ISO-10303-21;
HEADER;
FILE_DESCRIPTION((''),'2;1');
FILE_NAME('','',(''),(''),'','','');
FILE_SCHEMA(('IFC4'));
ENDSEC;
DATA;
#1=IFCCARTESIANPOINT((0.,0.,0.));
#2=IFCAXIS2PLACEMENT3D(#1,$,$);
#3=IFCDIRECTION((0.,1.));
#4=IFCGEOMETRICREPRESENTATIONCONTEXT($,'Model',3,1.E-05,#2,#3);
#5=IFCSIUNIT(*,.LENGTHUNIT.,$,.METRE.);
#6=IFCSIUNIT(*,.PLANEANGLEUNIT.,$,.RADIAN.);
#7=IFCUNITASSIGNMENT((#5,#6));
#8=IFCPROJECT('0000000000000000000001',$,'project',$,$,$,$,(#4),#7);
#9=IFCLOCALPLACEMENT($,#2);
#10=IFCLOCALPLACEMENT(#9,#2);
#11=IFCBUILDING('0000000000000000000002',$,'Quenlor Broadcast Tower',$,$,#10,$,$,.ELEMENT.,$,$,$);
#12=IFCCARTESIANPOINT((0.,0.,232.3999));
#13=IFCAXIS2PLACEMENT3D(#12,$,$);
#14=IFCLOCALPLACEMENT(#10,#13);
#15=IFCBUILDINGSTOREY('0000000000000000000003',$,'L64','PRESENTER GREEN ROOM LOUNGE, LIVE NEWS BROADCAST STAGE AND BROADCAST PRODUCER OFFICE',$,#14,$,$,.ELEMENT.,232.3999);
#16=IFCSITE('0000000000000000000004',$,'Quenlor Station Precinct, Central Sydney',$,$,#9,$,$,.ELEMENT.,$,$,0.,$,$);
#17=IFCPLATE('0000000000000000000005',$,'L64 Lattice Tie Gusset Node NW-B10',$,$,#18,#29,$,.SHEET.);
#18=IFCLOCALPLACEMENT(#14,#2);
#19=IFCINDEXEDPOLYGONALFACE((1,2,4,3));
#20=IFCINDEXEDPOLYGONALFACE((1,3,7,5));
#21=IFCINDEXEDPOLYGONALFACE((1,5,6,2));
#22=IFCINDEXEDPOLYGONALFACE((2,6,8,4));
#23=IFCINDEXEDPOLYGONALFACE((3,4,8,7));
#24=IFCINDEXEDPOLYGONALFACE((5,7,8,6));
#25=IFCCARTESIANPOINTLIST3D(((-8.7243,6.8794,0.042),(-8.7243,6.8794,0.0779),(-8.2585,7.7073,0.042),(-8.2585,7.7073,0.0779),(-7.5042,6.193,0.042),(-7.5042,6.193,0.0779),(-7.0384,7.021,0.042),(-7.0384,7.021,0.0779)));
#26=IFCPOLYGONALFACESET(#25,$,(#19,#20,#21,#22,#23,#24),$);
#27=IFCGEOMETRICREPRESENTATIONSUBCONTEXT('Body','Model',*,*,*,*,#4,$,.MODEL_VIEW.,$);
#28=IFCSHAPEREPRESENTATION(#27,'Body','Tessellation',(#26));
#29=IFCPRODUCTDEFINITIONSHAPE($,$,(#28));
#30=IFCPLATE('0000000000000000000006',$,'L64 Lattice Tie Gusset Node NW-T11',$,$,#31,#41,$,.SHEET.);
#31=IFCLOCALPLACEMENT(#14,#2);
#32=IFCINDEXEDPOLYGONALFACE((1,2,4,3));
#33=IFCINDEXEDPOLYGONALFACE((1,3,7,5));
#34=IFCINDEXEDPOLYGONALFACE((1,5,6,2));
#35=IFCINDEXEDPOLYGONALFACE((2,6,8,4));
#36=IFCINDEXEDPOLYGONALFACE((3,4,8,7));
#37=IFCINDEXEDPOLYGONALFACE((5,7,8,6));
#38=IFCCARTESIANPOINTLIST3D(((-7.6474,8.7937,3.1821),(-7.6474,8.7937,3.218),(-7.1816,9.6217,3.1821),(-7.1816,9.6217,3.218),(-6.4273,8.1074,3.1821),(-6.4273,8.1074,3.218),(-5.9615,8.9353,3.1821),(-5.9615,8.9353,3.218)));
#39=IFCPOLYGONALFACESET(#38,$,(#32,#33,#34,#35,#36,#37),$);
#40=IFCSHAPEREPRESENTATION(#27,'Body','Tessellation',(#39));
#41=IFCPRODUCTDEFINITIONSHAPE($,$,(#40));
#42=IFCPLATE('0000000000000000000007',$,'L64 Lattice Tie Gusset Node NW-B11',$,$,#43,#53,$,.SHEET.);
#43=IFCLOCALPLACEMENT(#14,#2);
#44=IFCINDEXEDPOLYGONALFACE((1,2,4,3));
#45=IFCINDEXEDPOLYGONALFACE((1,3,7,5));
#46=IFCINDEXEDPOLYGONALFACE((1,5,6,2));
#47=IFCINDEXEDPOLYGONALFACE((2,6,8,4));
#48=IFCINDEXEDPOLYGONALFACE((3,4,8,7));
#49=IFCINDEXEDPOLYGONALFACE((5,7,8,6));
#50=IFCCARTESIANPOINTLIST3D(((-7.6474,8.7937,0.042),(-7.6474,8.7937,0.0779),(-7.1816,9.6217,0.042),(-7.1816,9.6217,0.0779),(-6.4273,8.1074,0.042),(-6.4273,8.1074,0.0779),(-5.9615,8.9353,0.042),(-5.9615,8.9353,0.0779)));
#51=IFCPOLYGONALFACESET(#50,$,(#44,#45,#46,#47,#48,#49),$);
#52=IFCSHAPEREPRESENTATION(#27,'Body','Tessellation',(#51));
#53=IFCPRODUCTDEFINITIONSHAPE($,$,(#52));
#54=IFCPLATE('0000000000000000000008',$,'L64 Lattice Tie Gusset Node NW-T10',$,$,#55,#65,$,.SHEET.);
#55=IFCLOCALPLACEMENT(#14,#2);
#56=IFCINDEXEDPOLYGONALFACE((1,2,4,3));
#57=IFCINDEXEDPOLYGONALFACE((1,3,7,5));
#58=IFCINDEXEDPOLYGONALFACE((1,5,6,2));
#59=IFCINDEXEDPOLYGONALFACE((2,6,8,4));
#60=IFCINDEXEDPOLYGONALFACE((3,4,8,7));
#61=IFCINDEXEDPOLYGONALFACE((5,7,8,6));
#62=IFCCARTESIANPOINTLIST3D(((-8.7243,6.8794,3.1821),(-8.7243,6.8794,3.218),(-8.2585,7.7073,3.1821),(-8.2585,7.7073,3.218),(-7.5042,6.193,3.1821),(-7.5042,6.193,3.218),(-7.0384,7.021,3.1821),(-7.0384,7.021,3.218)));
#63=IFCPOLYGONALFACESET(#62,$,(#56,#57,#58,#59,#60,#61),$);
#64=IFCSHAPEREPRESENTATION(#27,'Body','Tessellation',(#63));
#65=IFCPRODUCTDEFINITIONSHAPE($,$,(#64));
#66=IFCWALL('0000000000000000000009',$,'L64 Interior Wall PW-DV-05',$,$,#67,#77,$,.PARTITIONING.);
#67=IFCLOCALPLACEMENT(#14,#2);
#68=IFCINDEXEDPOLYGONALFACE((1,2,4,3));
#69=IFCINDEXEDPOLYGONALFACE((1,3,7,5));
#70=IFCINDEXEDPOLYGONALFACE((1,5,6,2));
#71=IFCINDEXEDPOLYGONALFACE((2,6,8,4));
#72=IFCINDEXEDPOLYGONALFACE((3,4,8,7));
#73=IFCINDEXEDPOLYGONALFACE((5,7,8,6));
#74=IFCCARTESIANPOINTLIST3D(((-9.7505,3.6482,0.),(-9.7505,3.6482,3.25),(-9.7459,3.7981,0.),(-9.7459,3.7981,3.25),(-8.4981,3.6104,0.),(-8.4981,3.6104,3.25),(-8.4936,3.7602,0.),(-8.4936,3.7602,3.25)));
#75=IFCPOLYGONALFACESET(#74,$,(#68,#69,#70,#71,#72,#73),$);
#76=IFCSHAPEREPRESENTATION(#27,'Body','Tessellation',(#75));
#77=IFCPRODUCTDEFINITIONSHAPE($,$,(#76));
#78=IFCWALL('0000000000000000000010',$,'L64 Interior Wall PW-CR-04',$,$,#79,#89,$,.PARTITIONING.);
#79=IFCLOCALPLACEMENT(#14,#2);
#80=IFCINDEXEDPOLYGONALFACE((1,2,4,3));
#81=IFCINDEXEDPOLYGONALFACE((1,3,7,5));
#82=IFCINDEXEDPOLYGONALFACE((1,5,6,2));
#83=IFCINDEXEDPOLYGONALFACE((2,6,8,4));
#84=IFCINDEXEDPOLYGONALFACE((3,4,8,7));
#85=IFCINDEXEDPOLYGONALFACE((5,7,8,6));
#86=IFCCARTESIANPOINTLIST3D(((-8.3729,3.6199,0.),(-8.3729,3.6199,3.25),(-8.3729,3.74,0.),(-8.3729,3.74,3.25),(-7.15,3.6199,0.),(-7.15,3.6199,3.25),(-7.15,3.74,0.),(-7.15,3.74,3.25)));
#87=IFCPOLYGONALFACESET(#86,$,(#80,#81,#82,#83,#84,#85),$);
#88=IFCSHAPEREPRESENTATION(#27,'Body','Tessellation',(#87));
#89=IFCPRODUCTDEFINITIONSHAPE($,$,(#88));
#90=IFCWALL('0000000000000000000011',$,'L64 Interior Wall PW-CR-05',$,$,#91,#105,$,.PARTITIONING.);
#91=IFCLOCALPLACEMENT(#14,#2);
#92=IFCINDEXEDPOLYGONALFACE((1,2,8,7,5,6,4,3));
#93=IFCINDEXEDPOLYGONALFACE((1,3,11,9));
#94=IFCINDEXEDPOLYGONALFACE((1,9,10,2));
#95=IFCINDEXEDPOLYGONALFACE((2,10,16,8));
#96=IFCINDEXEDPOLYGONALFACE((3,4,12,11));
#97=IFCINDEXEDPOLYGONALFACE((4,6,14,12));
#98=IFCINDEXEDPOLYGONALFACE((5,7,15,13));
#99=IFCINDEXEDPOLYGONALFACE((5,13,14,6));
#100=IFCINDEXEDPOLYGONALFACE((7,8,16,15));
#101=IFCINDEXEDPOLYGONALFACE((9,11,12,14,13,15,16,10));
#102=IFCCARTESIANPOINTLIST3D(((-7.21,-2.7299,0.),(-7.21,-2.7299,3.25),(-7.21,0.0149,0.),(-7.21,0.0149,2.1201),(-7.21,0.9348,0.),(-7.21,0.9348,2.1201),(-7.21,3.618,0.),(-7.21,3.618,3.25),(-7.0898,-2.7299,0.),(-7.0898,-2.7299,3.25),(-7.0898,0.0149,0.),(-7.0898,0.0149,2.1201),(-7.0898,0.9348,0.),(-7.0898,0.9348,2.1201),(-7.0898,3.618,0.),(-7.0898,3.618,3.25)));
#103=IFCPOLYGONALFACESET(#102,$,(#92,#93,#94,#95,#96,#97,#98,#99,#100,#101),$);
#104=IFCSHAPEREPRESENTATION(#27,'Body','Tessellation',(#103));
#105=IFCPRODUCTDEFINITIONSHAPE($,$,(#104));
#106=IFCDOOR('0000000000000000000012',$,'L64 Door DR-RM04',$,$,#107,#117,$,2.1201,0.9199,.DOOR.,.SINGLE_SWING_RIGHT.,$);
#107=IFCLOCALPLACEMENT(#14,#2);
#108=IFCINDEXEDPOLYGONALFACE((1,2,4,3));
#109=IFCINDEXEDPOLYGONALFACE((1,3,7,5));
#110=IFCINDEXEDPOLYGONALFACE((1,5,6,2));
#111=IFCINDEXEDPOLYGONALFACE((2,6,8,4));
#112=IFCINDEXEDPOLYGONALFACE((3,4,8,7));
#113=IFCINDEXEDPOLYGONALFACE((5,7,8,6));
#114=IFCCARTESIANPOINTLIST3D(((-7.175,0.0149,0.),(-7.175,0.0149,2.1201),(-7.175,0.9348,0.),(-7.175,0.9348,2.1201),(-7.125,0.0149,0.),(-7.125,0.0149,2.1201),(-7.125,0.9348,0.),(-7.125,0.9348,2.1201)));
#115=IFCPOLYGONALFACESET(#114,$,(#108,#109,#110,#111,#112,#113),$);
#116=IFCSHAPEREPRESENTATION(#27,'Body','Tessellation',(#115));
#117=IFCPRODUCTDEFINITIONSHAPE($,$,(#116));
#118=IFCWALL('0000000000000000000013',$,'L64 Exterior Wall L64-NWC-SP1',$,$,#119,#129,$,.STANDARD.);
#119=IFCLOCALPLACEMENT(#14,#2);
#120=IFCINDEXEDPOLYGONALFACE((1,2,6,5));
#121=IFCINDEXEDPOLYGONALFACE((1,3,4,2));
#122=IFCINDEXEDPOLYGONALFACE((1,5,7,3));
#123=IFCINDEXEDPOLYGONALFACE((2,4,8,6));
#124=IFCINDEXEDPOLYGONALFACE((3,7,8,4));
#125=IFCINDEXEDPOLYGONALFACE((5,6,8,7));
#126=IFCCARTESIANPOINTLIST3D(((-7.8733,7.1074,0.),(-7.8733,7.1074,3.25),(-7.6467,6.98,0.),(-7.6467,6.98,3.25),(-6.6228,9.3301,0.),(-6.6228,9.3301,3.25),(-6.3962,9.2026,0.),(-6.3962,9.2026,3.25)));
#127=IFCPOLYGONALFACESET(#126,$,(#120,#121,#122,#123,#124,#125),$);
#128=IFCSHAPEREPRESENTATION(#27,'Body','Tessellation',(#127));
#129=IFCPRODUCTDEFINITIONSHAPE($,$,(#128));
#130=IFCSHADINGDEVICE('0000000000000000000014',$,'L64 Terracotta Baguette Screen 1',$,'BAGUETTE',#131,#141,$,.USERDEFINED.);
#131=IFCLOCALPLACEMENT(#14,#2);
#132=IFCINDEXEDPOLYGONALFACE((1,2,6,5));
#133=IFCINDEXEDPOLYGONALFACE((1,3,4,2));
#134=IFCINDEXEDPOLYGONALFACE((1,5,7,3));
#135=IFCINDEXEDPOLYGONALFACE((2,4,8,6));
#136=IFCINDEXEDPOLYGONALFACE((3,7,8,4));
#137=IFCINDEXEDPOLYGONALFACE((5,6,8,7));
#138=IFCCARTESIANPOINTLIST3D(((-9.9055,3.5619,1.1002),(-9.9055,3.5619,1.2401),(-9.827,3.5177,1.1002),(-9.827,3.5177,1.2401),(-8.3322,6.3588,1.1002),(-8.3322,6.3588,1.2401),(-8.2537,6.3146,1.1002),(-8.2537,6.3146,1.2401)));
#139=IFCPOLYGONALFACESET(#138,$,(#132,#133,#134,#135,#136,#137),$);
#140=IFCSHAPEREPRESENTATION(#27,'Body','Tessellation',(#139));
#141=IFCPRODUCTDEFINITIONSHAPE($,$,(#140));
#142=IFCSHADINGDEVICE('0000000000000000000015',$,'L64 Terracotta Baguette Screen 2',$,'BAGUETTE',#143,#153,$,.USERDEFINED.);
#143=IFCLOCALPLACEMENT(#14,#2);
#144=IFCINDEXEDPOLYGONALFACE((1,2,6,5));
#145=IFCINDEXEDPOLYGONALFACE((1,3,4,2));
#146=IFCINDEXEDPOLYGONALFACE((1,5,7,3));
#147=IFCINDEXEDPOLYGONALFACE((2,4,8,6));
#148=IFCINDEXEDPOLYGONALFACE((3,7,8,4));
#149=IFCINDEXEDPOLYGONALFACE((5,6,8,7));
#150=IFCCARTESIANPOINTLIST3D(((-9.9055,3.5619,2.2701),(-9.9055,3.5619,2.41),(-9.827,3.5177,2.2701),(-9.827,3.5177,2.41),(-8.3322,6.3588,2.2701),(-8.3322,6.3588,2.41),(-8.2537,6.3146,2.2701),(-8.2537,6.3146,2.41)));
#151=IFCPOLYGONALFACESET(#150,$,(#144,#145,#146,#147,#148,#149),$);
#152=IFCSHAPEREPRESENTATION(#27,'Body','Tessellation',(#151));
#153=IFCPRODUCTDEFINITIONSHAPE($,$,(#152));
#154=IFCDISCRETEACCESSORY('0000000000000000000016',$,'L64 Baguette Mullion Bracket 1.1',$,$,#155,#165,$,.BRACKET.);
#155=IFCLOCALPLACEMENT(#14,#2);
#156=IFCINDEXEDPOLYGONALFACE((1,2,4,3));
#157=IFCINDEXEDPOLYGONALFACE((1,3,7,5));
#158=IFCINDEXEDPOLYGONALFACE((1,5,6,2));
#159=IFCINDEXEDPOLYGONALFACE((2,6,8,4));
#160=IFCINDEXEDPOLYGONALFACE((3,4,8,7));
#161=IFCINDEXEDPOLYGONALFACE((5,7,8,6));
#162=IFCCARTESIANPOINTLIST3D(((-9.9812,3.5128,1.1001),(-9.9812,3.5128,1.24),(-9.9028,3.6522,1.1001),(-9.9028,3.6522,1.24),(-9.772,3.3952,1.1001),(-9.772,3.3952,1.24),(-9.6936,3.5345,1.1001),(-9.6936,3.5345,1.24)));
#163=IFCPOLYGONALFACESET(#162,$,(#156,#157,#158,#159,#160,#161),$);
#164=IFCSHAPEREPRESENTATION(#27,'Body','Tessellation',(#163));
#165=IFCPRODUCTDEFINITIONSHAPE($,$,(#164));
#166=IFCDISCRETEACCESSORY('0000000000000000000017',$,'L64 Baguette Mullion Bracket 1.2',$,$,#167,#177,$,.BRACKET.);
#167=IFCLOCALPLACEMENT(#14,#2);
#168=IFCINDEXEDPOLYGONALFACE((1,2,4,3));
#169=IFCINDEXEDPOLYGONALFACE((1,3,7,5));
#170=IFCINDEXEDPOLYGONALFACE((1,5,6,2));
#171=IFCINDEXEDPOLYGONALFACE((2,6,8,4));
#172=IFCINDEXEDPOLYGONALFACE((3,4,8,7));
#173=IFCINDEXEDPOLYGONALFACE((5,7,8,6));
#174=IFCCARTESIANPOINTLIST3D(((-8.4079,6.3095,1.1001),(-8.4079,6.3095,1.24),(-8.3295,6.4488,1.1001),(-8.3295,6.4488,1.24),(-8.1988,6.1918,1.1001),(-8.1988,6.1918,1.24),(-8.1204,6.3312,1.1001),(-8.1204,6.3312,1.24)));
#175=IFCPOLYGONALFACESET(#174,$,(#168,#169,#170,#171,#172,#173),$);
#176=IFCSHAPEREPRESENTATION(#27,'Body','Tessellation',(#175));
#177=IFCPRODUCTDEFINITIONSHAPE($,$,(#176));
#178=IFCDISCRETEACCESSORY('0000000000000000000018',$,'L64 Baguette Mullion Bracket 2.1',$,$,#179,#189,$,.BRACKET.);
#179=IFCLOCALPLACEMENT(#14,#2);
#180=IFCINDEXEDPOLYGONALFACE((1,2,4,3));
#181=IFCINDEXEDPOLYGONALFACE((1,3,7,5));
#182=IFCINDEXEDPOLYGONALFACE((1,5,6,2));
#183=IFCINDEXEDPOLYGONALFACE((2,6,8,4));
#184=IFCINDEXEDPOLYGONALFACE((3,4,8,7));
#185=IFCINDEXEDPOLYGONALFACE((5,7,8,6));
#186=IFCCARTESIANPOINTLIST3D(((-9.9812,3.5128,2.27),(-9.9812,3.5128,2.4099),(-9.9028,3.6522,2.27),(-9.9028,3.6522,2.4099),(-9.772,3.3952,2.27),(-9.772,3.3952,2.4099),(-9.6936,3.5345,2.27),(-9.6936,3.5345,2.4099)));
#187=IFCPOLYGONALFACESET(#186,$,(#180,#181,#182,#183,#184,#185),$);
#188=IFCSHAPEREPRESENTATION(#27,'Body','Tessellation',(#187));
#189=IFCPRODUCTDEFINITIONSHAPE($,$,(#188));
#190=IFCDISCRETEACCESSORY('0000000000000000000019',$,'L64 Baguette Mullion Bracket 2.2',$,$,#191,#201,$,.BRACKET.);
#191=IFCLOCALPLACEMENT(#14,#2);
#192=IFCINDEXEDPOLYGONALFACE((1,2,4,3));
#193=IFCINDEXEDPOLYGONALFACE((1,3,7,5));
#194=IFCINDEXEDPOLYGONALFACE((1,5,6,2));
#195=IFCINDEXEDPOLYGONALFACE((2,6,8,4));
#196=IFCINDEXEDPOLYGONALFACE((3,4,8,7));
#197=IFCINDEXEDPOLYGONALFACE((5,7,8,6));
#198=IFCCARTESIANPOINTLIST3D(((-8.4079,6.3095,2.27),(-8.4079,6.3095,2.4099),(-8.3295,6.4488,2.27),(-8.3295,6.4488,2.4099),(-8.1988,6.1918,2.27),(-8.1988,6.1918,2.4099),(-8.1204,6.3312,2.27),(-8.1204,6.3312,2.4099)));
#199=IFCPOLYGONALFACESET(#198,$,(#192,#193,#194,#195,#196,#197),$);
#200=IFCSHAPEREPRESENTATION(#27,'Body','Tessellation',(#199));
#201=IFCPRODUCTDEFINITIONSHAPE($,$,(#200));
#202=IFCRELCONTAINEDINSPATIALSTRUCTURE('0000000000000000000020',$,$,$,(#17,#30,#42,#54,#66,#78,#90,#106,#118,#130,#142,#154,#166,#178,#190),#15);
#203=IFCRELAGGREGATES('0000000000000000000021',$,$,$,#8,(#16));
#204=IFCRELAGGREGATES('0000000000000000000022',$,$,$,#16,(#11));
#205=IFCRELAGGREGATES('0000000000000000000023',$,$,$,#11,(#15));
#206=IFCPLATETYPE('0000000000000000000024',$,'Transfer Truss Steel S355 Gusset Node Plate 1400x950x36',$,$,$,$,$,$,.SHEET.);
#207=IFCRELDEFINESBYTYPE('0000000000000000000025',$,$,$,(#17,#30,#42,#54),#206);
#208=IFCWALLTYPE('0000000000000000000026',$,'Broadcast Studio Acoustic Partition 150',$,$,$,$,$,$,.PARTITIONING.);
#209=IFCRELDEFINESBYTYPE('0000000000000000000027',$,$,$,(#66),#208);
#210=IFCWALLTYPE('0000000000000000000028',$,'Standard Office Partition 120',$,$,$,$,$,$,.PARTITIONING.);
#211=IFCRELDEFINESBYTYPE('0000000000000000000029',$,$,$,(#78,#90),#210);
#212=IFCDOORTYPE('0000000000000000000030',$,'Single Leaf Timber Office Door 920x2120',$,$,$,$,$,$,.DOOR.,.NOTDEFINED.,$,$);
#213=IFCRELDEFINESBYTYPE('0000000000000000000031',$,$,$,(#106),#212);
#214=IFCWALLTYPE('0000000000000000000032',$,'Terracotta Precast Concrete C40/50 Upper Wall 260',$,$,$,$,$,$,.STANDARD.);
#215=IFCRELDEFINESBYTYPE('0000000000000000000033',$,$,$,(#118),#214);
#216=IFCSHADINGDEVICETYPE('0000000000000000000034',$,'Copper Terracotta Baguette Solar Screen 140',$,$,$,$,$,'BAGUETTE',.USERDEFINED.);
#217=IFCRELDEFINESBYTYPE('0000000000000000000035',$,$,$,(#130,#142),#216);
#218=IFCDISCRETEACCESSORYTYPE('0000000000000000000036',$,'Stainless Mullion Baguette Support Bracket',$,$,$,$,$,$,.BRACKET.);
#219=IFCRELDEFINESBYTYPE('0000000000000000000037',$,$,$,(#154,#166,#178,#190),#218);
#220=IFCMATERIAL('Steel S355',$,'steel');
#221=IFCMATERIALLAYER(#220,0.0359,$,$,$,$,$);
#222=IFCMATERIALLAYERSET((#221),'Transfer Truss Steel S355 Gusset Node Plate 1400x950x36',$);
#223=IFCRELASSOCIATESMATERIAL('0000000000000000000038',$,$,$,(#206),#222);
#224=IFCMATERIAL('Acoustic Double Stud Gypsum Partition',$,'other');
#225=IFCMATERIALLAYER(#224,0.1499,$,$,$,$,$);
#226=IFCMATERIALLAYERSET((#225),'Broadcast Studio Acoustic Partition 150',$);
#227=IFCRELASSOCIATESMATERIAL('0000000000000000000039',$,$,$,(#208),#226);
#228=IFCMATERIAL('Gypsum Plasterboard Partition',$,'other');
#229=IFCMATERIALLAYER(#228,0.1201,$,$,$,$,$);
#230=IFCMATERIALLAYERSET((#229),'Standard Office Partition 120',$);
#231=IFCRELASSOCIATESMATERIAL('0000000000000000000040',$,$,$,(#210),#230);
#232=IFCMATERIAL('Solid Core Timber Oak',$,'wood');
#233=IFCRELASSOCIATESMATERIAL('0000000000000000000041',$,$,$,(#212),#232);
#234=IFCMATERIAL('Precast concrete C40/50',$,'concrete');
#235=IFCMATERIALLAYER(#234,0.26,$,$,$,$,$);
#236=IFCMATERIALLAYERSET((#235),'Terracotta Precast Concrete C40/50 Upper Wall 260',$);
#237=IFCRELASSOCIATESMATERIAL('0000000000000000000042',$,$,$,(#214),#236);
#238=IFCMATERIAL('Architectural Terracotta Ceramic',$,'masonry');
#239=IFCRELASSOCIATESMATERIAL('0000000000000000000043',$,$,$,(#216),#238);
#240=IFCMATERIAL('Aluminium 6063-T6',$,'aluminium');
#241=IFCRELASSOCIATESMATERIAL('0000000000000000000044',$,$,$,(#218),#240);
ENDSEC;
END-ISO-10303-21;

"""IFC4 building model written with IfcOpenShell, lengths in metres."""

from ifc_helpers import new_model, si_unit, direction, frame, frame_2d, origin, origin_2d, place, context, subcontext, project, spatial, rectangle, extrude, material, layer, layer_set, material_profile, profile_set, type_object, element, fill, save


model = new_model("IFC4")

# Units and contexts
model_context = context("Model", 3, precision=1e-05, world=origin(), true_north=direction((0.0, 1.0)))
body_context = subcontext(model_context, "Body", "Model", "MODEL_VIEW")
ifc_project = project(units=[si_unit("LENGTHUNIT", "METRE"), si_unit("PLANEANGLEUNIT", "RADIAN")], contexts=[model_context])

# Site, building, storey
site_placement = place(None, origin())
site = spatial("IfcSite", under=ifc_project, at=site_placement, Name="Quenlor Station Precinct, Central Sydney", CompositionType="ELEMENT", RefElevation=0.0)
building_placement = place(site_placement, origin())
building = spatial("IfcBuilding", under=site, at=building_placement, Name="Quenlor Broadcast Tower", CompositionType="ELEMENT")
storey_placement = place(building_placement, frame((0.0, 0.0, 232.3999)))
storey = spatial("IfcBuildingStorey", under=building, at=storey_placement, Name="L64", Description="PRESENTER GREEN ROOM LOUNGE, LIVE NEWS BROADCAST STAGE AND BROADCAST PRODUCER OFFICE", CompositionType="ELEMENT", Elevation=232.3999)

# Plates
ifc_material_1 = material(Name="Steel S355", Category="steel")
ifc_layer_1 = layer(ifc_material_1, 0.0359)
ifc_layer_set_1 = layer_set([ifc_layer_1], Name="Transfer Truss Steel S355 Gusset Node Plate 1400x950x36")
plate_type_1 = type_object("IfcPlateType", Name="Transfer Truss Steel S355 Gusset Node Plate 1400x950x36", PredefinedType="SHEET", material=ifc_layer_set_1)
for number, where, z_axis, x_axis, name in (
    (1, (-7.8813, 6.9502, 0.042), (0.0, 0.0, 1.0), (-0.871556, 0.490295, 0.0), "L64 Lattice Tie Gusset Node NW-B10"),
    (2, (-6.8044, 8.8645, 3.1821), (0.0, 0.0, 1.0), (-0.871556, 0.490295, 0.0), "L64 Lattice Tie Gusset Node NW-T11"),
    (3, (-6.8044, 8.8645, 0.042), (0.0, 0.0, 1.0), (-0.871556, 0.490295, 0.0), "L64 Lattice Tie Gusset Node NW-B11"),
    (4, (-7.8813, 6.9502, 3.1821), (0.0, 0.0, 1.0), (-0.871556, 0.490295, 0.0), "L64 Lattice Tie Gusset Node NW-T10"),
):
    element("IfcPlate", number, at=place(storey_placement, frame(where, z_axis=z_axis, x_axis=x_axis)), inside=storey, type_object=plate_type_1, Name=name, PredefinedType="SHEET", context=body_context, shape_type="SweptSolid", body=[
        extrude(rectangle(XDim=1.3999, YDim=0.95, at=origin_2d()), origin(), (0.0, 0.0, 1.0), 0.0359),
    ])

# Walls
ifc_material_2 = material(Name="Acoustic Double Stud Gypsum Partition", Category="other")
ifc_layer_2 = layer(ifc_material_2, 0.1499)
ifc_layer_set_2 = layer_set([ifc_layer_2], Name="Broadcast Studio Acoustic Partition 150")
wall_type_1 = type_object("IfcWallType", Name="Broadcast Studio Acoustic Partition 150", PredefinedType="PARTITIONING", material=ifc_layer_set_2)
wall_1_placement = place(storey_placement, frame((-8.4958, 3.6853, 0.0), z_axis=(0.0, 0.0, 1.0), x_axis=(-0.999544, 0.030201, 0.0)))
element("IfcWall", 5, at=wall_1_placement, inside=storey, type_object=wall_type_1, Name="L64 Interior Wall PW-DV-05", PredefinedType="PARTITIONING", context=body_context, shape_type="SweptSolid", body=[
    extrude(rectangle(XDim=1.2529, YDim=0.1499, at=frame_2d((0.6265, 0.0))), origin(), (0.0, 0.0, 1.0), 3.25),
])
ifc_material_3 = material(Name="Gypsum Plasterboard Partition", Category="other")
ifc_layer_3 = layer(ifc_material_3, 0.1201)
ifc_layer_set_3 = layer_set([ifc_layer_3], Name="Standard Office Partition 120")
wall_type_2 = type_object("IfcWallType", Name="Standard Office Partition 120", PredefinedType="PARTITIONING", material=ifc_layer_set_3)
wall_2_placement = place(storey_placement, frame((-8.3728, 3.6799, 0.0), z_axis=(0.0, 0.0, 1.0), x_axis=(1.0, 0.0, 0.0)))
element("IfcWall", 6, at=wall_2_placement, inside=storey, type_object=wall_type_2, Name="L64 Interior Wall PW-CR-04", PredefinedType="PARTITIONING", context=body_context, shape_type="SweptSolid", body=[
    extrude(rectangle(XDim=1.2229, YDim=0.1201, at=frame_2d((0.6113, 0.0))), origin(), (0.0, 0.0, 1.0), 3.25),
])

# Wall, opening, door
wall_3_placement = place(storey_placement, frame((-7.1499, 3.6179, 0.0), z_axis=(0.0, 0.0, 1.0), x_axis=(0.0, -1.0, 0.0)))
wall_3 = element("IfcWall", 7, at=wall_3_placement, inside=storey, type_object=wall_type_2, Name="L64 Interior Wall PW-CR-05", PredefinedType="PARTITIONING", context=body_context, shape_type="SweptSolid", body=[
    extrude(rectangle(XDim=6.3479, YDim=0.1201, at=frame_2d((3.1738, 0.0))), origin(), (0.0, 0.0, 1.0), 3.25),
])
opening_placement = place(wall_3_placement, frame((2.6831, 0.0, 0.0)))
opening = element("IfcOpeningElement", 8, at=opening_placement, cuts=wall_3, PredefinedType="OPENING", context=body_context, shape_type="SweptSolid", body=[
    extrude(rectangle(XDim=0.9199, YDim=2.1201, at=frame_2d((0.46, 1.0601))), frame((0.0, 0.0701, 0.0), z_axis=(0.0, -1.0, 0.0), x_axis=(1.0, 0.0, 0.0)), (0.0, 0.0, 1.0), 0.1401),
])
ifc_material_4 = material(Name="Solid Core Timber Oak", Category="wood")
door_type = type_object("IfcDoorType", Name="Single Leaf Timber Office Door 920x2120", OperationType="NOTDEFINED", PredefinedType="DOOR", material=ifc_material_4)
door_placement = place(opening_placement, origin())
door = element("IfcDoor", 9, at=door_placement, inside=storey, type_object=door_type, Name="L64 Door DR-RM04", OperationType="SINGLE_SWING_RIGHT", OverallHeight=2.1201, OverallWidth=0.9199, PredefinedType="DOOR", context=body_context, shape_type="SweptSolid", body=[
    extrude(rectangle(XDim=0.9199, YDim=2.1201, at=frame_2d((0.46, 1.0601))), frame((0.0, 0.0249, 0.0), z_axis=(0.0, -1.0, 0.0), x_axis=(1.0, 0.0, 0.0)), (0.0, 0.0, 1.0), 0.05),
])
fill(opening, door)

# Wall
ifc_material_5 = material(Name="Precast concrete C40/50", Category="concrete")
ifc_layer_4 = layer(ifc_material_5, 0.26)
ifc_layer_set_4 = layer_set([ifc_layer_4], Name="Terracotta Precast Concrete C40/50 Upper Wall 260")
wall_type_3 = type_object("IfcWallType", Name="Terracotta Precast Concrete C40/50 Upper Wall 260", PredefinedType="STANDARD", material=ifc_layer_set_4)
wall_4_placement = place(storey_placement, frame((-7.76, 7.0437, 0.0), z_axis=(0.0, 0.0, 1.0), x_axis=(0.490334, 0.871535, 0.0)))
element("IfcWall", 10, at=wall_4_placement, inside=storey, type_object=wall_type_3, Name="L64 Exterior Wall L64-NWC-SP1", PredefinedType="STANDARD", context=body_context, shape_type="SweptSolid", body=[
    extrude(rectangle(XDim=2.5503, YDim=0.26, at=frame_2d((1.2751, 0.0))), origin(), (0.0, 0.0, 1.0), 3.25),
])

# Shading devices
ifc_material_6 = material(Name="Architectural Terracotta Ceramic", Category="masonry")
ifc_material_profile_1 = material_profile(ifc_material_6, rectangle(XDim=0.0901, YDim=0.1399, at=origin_2d()))
ifc_profile_set_1 = profile_set([ifc_material_profile_1], Name="Architectural Terracotta Ceramic BAG90x140")
shading_device_type = type_object("IfcShadingDeviceType", Name="Copper Terracotta Baguette Solar Screen 140", ElementType="BAGUETTE", PredefinedType="USERDEFINED", material=ifc_profile_set_1)
for number, where, z_axis, x_axis, name in (
    (11, (-9.8662, 3.5398, 1.1702), (0.490261, 0.871576, 0.0), (-0.871576, 0.490261, 0.0), "L64 Terracotta Baguette Screen 1"),
    (12, (-9.8662, 3.5398, 2.3401), (0.490261, 0.871576, 0.0), (-0.871576, 0.490261, 0.0), "L64 Terracotta Baguette Screen 2"),
):
    element("IfcShadingDevice", number, at=place(storey_placement, frame(where, z_axis=z_axis, x_axis=x_axis)), inside=storey, type_object=shading_device_type, Name=name, ObjectType="BAGUETTE", PredefinedType="USERDEFINED", context=body_context, shape_type="SweptSolid", body=[
        extrude(rectangle(XDim=0.0901, YDim=0.1399, at=origin_2d()), origin(), (0.0, 0.0, 1.0), 3.209),
    ])

# Discrete accessories
ifc_material_7 = material(Name="Aluminium 6063-T6", Category="aluminium")
discrete_accessory_type = type_object("IfcDiscreteAccessoryType", Name="Stainless Mullion Baguette Support Bracket", PredefinedType="BRACKET", material=ifc_material_7)
for number, where, z_axis, x_axis, name in (
    (13, (-9.8374, 3.5237, 1.1001), (0.0, 0.0, 1.0), (0.490262, 0.871575, 0.0), "L64 Baguette Mullion Bracket 1.1"),
    (14, (-8.2642, 6.3203, 1.1001), (0.0, 0.0, 1.0), (0.490262, 0.871575, 0.0), "L64 Baguette Mullion Bracket 1.2"),
    (15, (-9.8374, 3.5237, 2.27), (0.0, 0.0, 1.0), (0.490262, 0.871575, 0.0), "L64 Baguette Mullion Bracket 2.1"),
    (16, (-8.2642, 6.3203, 2.27), (0.0, 0.0, 1.0), (0.490262, 0.871575, 0.0), "L64 Baguette Mullion Bracket 2.2"),
):
    element("IfcDiscreteAccessory", number, at=place(storey_placement, frame(where, z_axis=z_axis, x_axis=x_axis)), inside=storey, type_object=discrete_accessory_type, Name=name, PredefinedType="BRACKET", context=body_context, shape_type="SweptSolid", body=[
        extrude(rectangle(XDim=0.1599, YDim=0.24, at=origin_2d()), origin(), (0.0, 0.0, 1.0), 0.1399),
    ])

save(model, "model.ifc")
